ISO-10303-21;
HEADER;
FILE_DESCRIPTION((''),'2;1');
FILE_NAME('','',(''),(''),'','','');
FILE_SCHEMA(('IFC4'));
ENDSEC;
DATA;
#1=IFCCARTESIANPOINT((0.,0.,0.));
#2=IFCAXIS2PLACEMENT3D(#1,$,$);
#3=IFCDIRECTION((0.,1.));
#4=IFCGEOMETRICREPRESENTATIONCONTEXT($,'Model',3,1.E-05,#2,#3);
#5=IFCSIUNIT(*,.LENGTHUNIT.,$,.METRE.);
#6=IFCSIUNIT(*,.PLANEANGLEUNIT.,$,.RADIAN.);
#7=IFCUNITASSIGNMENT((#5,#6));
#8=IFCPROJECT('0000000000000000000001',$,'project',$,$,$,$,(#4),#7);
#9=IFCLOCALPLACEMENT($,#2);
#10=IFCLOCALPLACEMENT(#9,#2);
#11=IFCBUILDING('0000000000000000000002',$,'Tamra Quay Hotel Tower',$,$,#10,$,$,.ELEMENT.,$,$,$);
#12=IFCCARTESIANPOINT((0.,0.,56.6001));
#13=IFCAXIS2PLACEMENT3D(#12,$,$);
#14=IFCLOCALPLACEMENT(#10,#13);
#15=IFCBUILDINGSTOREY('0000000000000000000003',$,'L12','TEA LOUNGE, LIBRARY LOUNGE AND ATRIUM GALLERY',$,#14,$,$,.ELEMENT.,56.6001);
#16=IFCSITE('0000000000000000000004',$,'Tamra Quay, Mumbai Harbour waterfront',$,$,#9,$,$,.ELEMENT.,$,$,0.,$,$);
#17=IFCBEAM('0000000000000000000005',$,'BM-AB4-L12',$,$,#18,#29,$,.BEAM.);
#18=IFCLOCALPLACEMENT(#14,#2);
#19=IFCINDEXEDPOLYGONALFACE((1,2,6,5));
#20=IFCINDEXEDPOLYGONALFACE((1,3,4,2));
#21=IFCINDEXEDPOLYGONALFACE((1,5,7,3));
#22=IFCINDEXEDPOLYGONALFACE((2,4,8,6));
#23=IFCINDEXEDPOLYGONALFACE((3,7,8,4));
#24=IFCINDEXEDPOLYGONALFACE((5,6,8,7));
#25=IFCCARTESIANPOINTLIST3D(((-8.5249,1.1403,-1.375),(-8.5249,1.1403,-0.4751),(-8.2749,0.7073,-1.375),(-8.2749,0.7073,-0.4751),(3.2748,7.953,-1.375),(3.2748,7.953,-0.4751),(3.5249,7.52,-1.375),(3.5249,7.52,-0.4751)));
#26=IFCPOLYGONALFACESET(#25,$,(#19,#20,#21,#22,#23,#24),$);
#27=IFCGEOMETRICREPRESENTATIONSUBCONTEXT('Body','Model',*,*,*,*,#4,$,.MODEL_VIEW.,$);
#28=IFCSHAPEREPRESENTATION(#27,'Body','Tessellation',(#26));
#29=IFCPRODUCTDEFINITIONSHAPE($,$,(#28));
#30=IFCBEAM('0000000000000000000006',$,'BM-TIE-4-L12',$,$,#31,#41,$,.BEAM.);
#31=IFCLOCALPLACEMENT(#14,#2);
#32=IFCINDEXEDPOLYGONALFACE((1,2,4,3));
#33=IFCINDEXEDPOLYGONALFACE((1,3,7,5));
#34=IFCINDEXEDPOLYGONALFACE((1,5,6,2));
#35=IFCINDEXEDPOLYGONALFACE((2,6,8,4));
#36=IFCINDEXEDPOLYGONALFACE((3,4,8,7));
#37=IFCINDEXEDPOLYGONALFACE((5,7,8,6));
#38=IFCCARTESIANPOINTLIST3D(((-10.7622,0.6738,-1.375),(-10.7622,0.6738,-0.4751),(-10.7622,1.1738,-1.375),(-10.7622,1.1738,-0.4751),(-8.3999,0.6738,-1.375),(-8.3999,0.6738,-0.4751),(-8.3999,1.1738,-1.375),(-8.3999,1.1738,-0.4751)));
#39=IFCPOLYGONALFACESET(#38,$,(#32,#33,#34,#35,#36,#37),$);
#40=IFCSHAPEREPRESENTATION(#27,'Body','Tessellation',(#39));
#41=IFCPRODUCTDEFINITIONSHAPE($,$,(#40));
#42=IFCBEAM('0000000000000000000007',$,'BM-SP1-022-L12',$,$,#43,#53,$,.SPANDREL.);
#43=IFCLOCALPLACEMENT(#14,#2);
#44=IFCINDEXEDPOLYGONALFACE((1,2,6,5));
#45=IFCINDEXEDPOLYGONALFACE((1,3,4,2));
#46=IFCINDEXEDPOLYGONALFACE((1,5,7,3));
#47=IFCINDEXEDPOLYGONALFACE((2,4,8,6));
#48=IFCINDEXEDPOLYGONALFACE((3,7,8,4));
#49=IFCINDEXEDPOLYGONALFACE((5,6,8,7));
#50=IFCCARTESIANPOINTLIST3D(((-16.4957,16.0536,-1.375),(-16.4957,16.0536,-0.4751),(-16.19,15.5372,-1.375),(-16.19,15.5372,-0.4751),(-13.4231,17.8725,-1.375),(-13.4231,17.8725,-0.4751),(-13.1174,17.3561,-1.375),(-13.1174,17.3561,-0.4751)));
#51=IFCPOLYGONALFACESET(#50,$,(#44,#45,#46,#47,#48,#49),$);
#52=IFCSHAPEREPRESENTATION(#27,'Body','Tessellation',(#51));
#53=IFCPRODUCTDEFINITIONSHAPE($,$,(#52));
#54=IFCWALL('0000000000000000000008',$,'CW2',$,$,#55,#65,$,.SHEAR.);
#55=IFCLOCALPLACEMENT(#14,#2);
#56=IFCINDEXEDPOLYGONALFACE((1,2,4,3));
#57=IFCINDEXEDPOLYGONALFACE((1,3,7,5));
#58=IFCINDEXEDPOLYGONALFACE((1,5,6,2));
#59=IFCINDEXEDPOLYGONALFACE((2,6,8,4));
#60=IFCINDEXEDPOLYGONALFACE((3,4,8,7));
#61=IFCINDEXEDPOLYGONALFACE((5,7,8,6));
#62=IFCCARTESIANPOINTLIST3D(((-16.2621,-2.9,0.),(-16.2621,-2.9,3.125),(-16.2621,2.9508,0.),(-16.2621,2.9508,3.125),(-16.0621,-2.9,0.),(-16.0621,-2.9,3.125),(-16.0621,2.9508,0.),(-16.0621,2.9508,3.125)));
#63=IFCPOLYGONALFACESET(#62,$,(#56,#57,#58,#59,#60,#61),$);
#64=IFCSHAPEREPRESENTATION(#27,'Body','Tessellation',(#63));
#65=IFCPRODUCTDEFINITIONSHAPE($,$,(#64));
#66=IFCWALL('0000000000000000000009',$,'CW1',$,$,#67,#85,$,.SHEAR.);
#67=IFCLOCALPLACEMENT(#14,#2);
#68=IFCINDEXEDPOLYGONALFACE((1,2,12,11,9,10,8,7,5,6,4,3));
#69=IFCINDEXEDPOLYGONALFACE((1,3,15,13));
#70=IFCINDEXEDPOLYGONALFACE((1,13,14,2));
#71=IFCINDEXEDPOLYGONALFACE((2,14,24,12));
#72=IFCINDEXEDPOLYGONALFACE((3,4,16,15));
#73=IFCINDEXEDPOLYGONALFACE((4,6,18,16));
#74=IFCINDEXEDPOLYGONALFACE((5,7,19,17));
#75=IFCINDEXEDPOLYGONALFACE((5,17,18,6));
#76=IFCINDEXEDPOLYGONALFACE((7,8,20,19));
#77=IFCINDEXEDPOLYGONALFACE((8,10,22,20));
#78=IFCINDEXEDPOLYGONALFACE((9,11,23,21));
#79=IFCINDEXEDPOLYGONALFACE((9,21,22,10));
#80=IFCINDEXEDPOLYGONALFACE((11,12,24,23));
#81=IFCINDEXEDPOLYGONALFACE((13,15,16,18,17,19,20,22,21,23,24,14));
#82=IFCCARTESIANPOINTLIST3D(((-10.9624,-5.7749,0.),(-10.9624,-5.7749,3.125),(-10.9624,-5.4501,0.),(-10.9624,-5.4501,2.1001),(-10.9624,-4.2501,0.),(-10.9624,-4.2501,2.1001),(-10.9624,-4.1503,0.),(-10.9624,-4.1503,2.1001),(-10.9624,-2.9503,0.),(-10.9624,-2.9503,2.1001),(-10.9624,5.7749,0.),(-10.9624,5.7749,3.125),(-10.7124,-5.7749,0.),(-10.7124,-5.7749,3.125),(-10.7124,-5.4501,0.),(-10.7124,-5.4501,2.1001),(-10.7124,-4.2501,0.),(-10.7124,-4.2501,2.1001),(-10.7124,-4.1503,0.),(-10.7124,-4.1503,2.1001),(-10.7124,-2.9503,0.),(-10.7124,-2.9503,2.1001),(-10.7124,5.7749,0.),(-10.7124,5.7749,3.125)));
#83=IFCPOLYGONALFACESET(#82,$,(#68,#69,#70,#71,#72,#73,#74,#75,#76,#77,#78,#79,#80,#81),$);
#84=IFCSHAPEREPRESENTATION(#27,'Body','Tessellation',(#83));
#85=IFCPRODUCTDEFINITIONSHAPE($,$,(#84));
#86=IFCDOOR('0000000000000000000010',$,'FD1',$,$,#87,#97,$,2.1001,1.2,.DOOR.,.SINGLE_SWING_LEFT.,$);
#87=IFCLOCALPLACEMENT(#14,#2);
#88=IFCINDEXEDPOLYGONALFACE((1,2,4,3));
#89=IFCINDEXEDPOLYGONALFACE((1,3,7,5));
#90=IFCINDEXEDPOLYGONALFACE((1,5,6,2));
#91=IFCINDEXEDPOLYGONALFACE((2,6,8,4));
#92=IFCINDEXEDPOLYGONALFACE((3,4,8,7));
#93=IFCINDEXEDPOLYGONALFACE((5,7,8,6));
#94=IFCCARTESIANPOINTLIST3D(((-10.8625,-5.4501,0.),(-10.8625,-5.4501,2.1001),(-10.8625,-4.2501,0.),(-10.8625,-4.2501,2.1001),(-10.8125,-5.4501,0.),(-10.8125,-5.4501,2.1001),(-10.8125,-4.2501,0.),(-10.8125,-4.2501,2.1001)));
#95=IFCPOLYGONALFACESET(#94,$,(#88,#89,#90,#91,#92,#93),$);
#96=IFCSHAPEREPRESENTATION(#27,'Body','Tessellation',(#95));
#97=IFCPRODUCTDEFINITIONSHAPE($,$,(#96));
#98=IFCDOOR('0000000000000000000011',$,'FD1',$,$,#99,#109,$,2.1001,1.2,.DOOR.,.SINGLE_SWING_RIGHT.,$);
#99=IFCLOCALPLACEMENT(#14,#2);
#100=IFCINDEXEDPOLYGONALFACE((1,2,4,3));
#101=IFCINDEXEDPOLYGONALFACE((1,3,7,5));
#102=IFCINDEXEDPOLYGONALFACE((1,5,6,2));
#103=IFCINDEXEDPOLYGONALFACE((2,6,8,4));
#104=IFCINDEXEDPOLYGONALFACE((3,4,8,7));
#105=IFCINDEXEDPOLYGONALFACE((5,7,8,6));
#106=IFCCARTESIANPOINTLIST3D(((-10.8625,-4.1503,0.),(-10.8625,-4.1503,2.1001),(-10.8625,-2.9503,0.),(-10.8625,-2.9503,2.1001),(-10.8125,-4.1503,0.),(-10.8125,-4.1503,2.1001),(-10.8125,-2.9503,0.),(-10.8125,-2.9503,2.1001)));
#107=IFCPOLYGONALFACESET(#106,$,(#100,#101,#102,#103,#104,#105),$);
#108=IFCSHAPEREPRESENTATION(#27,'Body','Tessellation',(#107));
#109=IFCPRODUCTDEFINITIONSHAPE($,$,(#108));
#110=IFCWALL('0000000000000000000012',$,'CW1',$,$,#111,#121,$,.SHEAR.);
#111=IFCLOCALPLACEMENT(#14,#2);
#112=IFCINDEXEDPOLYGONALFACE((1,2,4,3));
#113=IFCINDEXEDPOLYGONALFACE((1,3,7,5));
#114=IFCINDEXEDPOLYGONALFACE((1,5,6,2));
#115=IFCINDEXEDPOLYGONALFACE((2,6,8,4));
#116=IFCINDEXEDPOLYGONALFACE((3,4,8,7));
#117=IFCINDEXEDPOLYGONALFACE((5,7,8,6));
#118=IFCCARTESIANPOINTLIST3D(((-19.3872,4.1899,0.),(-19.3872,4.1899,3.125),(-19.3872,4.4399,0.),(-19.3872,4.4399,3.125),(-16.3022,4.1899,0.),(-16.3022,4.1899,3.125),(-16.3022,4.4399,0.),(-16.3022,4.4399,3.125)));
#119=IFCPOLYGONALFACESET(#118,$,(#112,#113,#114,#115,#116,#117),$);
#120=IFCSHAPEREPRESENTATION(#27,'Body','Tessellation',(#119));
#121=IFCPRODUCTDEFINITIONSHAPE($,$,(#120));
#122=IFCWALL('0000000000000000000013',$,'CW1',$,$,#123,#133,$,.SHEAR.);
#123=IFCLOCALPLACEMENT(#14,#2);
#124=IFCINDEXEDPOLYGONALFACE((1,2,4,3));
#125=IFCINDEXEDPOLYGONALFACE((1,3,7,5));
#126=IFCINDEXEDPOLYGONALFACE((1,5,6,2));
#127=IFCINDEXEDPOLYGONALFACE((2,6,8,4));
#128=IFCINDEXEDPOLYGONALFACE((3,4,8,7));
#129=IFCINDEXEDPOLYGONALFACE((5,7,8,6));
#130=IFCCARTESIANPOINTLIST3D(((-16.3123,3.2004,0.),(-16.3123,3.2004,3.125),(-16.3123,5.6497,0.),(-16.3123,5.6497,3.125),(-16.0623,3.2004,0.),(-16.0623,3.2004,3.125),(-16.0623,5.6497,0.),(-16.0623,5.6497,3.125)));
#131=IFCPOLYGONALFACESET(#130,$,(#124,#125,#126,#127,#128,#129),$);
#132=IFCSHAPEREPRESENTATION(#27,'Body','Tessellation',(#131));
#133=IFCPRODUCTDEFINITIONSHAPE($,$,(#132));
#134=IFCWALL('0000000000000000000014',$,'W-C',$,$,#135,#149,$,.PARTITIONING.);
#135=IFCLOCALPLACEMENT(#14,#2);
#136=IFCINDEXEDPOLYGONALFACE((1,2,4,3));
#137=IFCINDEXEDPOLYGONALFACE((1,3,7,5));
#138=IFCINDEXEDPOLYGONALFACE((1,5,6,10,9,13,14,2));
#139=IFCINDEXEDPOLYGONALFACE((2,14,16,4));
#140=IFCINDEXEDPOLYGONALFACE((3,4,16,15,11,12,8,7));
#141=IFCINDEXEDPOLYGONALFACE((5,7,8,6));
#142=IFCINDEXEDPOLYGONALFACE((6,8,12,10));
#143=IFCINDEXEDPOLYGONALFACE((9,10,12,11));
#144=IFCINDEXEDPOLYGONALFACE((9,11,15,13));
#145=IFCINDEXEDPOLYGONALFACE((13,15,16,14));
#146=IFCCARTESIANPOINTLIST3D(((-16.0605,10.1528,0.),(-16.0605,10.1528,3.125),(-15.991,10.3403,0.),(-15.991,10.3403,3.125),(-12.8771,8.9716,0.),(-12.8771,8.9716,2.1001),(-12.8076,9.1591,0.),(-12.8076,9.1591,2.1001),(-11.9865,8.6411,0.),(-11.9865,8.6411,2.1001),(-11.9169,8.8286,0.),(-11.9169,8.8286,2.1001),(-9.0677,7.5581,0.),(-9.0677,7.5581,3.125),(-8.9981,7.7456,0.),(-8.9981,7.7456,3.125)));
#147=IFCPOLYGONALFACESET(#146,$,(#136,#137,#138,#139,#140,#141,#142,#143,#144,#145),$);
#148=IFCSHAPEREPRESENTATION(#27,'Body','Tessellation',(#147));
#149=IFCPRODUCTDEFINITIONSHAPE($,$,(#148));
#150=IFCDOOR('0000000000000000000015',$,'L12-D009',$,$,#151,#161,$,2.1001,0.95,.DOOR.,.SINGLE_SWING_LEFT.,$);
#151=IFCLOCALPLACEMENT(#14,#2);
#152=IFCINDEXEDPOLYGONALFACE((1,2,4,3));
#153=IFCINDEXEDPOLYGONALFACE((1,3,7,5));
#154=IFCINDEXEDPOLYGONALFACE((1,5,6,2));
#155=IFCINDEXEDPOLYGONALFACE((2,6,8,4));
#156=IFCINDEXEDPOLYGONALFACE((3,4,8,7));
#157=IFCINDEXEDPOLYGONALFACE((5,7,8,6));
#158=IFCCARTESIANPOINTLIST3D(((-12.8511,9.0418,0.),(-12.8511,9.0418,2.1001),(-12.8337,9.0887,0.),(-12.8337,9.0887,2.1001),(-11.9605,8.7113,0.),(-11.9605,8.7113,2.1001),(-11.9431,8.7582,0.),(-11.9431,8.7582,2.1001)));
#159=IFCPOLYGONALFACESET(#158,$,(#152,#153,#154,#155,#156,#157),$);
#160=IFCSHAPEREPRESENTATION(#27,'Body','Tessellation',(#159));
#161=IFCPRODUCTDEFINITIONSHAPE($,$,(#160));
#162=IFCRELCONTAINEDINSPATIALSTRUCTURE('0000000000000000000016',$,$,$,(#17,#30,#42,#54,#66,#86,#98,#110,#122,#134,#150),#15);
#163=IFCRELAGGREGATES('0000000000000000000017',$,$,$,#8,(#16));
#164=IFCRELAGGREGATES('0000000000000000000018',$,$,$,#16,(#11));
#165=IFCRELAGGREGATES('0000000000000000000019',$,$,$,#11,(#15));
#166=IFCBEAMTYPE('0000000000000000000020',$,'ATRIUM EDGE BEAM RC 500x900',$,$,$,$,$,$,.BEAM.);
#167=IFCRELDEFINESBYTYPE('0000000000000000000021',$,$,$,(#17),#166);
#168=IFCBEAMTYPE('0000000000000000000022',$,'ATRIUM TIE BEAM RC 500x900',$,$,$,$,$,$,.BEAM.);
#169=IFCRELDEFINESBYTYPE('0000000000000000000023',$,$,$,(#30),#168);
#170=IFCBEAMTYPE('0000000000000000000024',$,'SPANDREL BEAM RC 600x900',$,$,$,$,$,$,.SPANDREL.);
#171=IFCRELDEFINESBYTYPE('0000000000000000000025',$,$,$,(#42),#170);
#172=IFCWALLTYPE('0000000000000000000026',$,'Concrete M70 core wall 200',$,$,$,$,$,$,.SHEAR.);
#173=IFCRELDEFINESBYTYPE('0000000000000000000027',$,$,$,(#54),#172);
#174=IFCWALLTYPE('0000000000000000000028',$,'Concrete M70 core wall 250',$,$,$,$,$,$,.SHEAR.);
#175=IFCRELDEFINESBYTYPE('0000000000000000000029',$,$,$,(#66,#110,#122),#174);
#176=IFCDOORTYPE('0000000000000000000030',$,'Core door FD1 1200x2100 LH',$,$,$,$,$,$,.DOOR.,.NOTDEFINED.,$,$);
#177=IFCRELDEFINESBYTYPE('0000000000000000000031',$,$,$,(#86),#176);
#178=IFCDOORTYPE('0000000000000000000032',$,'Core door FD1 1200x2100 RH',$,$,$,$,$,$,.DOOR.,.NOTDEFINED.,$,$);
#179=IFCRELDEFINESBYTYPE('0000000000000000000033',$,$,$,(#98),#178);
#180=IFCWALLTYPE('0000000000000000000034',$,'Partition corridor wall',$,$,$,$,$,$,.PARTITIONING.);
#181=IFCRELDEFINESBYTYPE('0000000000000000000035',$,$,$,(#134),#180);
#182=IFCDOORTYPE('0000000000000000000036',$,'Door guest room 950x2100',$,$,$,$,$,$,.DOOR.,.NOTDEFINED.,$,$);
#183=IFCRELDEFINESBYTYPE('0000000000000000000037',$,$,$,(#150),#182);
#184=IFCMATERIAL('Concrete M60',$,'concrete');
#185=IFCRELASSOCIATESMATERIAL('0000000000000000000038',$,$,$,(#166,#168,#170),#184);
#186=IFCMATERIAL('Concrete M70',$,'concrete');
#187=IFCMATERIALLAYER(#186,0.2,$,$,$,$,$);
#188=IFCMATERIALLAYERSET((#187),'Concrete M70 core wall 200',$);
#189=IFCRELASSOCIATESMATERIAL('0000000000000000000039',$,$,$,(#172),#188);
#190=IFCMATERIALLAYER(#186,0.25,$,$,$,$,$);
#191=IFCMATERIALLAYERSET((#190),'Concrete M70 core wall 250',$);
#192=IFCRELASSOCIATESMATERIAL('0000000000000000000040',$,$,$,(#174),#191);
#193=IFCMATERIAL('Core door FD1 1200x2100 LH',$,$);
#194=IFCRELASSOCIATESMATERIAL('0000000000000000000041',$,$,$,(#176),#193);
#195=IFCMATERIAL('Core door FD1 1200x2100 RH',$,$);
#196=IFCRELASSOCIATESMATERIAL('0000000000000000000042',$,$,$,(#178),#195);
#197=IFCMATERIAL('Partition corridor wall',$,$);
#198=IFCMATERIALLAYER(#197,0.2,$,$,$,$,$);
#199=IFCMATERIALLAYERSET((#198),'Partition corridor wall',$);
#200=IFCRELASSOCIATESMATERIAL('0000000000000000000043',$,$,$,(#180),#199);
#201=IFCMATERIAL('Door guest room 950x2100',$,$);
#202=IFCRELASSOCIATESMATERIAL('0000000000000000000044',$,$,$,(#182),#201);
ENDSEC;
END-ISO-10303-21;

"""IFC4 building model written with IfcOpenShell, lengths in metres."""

from ifc_helpers import new_model, si_unit, direction, frame, frame_2d, origin, origin_2d, place, context, subcontext, project, spatial, rectangle, extrude, material, layer, layer_set, material_profile, profile_set, type_object, element, fill, save


model = new_model("IFC4")

# Units and contexts
model_context = context("Model", 3, precision=1e-05, world=origin(), true_north=direction((0.0, 1.0)))
body_context = subcontext(model_context, "Body", "Model", "MODEL_VIEW")
ifc_project = project(units=[si_unit("LENGTHUNIT", "METRE"), si_unit("PLANEANGLEUNIT", "RADIAN")], contexts=[model_context])

# Site, building, storey
site_placement = place(None, origin())
site = spatial("IfcSite", under=ifc_project, at=site_placement, Name="Tamra Quay, Mumbai Harbour waterfront", CompositionType="ELEMENT", RefElevation=0.0)
building_placement = place(site_placement, origin())
building = spatial("IfcBuilding", under=site, at=building_placement, Name="Tamra Quay Hotel Tower", CompositionType="ELEMENT")
storey_placement = place(building_placement, frame((0.0, 0.0, 56.6001)))
storey = spatial("IfcBuildingStorey", under=building, at=storey_placement, Name="L12", Description="TEA LOUNGE, LIBRARY LOUNGE AND ATRIUM GALLERY", CompositionType="ELEMENT", Elevation=56.6001)

# Beams
ifc_material_1 = material(Name="Concrete M60", Category="concrete")
ifc_material_profile_1 = material_profile(ifc_material_1, rectangle(XDim=0.5, YDim=0.8999, at=origin_2d()), Name="ATRIUM EDGE BEAM RC 500x900")
ifc_profile_set_1 = profile_set([ifc_material_profile_1], Name="Concrete M60")
beam_type_1 = type_object("IfcBeamType", Name="ATRIUM EDGE BEAM RC 500x900", PredefinedType="BEAM", material=ifc_profile_set_1)
beam_1_placement = place(storey_placement, frame((-8.3999, 0.9238, -0.925), z_axis=(0.866021, 0.500007, 0.0), x_axis=(-0.500007, 0.866021, 0.0)))
element("IfcBeam", 1, at=beam_1_placement, inside=storey, type_object=beam_type_1, Name="BM-AB4-L12", PredefinedType="BEAM", context=body_context, shape_type="SweptSolid", body=[
    extrude(rectangle(XDim=0.5, YDim=0.8999, at=origin_2d()), origin(), (0.0, 0.0, 1.0), 13.6252),
])
ifc_material_profile_2 = material_profile(ifc_material_1, rectangle(XDim=0.5, YDim=0.8999, at=origin_2d()), Name="ATRIUM TIE BEAM RC 500x900")
ifc_profile_set_2 = profile_set([ifc_material_profile_2], Name="Concrete M60")
beam_type_2 = type_object("IfcBeamType", Name="ATRIUM TIE BEAM RC 500x900", PredefinedType="BEAM", material=ifc_profile_set_2)
beam_2_placement = place(storey_placement, frame((-8.3999, 0.9238, -0.925), z_axis=(-1.0, 0.0, 0.0), x_axis=(0.0, -1.0, 0.0)))
element("IfcBeam", 2, at=beam_2_placement, inside=storey, type_object=beam_type_2, Name="BM-TIE-4-L12", PredefinedType="BEAM", context=body_context, shape_type="SweptSolid", body=[
    extrude(rectangle(XDim=0.5, YDim=0.8999, at=origin_2d()), origin(), (0.0, 0.0, 1.0), 2.3623),
])
ifc_material_profile_3 = material_profile(ifc_material_1, rectangle(XDim=0.6001, YDim=0.8999, at=origin_2d()), Name="SPANDREL BEAM RC 600x900")
ifc_profile_set_3 = profile_set([ifc_material_profile_3], Name="Concrete M60")
beam_type_3 = type_object("IfcBeamType", Name="SPANDREL BEAM RC 600x900", PredefinedType="SPANDREL", material=ifc_profile_set_3)
beam_3_placement = place(storey_placement, frame((-13.2703, 17.6143, -0.925), z_axis=(-0.860525, -0.509409, 0.0), x_axis=(0.509409, -0.860525, 0.0)))
element("IfcBeam", 3, at=beam_3_placement, inside=storey, type_object=beam_type_3, Name="BM-SP1-022-L12", PredefinedType="SPANDREL", context=body_context, shape_type="SweptSolid", body=[
    extrude(rectangle(XDim=0.6001, YDim=0.8999, at=origin_2d()), origin(), (0.0, 0.0, 1.0), 3.5706),
])

# Wall
ifc_material_2 = material(Name="Concrete M70", Category="concrete")
ifc_layer_1 = layer(ifc_material_2, 0.2)
ifc_layer_set_1 = layer_set([ifc_layer_1], Name="Concrete M70 core wall 200")
wall_type_1 = type_object("IfcWallType", Name="Concrete M70 core wall 200", PredefinedType="SHEAR", material=ifc_layer_set_1)
wall_1_placement = place(storey_placement, frame((-16.1621, 2.9507, 0.0), z_axis=(0.0, 0.0, 1.0), x_axis=(0.0, -1.0, 0.0)))
element("IfcWall", 4, at=wall_1_placement, inside=storey, type_object=wall_type_1, Name="CW2", PredefinedType="SHEAR", context=body_context, shape_type="SweptSolid", body=[
    extrude(rectangle(XDim=5.8508, YDim=0.2, at=frame_2d((2.9253, 0.0))), origin(), (0.0, 0.0, 1.0), 3.125),
])

# Wall, openings, doors
ifc_layer_2 = layer(ifc_material_2, 0.25)
ifc_layer_set_2 = layer_set([ifc_layer_2], Name="Concrete M70 core wall 250")
wall_type_2 = type_object("IfcWallType", Name="Concrete M70 core wall 250", PredefinedType="SHEAR", material=ifc_layer_set_2)
wall_2_placement = place(storey_placement, frame((-10.8374, 5.7749, 0.0), z_axis=(0.0, 0.0, 1.0), x_axis=(0.0, -1.0, 0.0)))
wall_2 = element("IfcWall", 5, at=wall_2_placement, inside=storey, type_object=wall_type_2, Name="CW1", PredefinedType="SHEAR", context=body_context, shape_type="SweptSolid", body=[
    extrude(rectangle(XDim=11.5498, YDim=0.25, at=frame_2d((5.7749, 0.0))), origin(), (0.0, 0.0, 1.0), 3.125),
])
opening_1_placement = place(wall_2_placement, frame((10.0249, 0.0, 0.0)))
opening_1 = element("IfcOpeningElement", 6, at=opening_1_placement, cuts=wall_2, PredefinedType="OPENING", context=body_context, shape_type="SweptSolid", body=[
    extrude(rectangle(XDim=1.2, YDim=2.1001, at=frame_2d((0.6001, 1.05))), frame((0.0, 0.135, 0.0), z_axis=(0.0, -1.0, 0.0), x_axis=(1.0, 0.0, 0.0)), (0.0, 0.0, 1.0), 0.27),
])
opening_2_placement = place(wall_2_placement, frame((8.7251, 0.0, 0.0)))
opening_2 = element("IfcOpeningElement", 7, at=opening_2_placement, cuts=wall_2, PredefinedType="OPENING", context=body_context, shape_type="SweptSolid", body=[
    extrude(rectangle(XDim=1.2, YDim=2.1001, at=frame_2d((0.6001, 1.05))), frame((0.0, 0.135, 0.0), z_axis=(0.0, -1.0, 0.0), x_axis=(1.0, 0.0, 0.0)), (0.0, 0.0, 1.0), 0.27),
])
ifc_material_3 = material(Name="Core door FD1 1200x2100 LH")
door_type_1 = type_object("IfcDoorType", Name="Core door FD1 1200x2100 LH", OperationType="NOTDEFINED", PredefinedType="DOOR", material=ifc_material_3)
door_1_placement = place(opening_1_placement, origin())
door_1 = element("IfcDoor", 8, at=door_1_placement, inside=storey, type_object=door_type_1, Name="FD1", OperationType="SINGLE_SWING_LEFT", OverallHeight=2.1001, OverallWidth=1.2, PredefinedType="DOOR", context=body_context, shape_type="SweptSolid", body=[
    extrude(rectangle(XDim=1.2, YDim=2.1001, at=frame_2d((0.6001, 1.05))), frame((0.0, 0.0249, 0.0), z_axis=(0.0, -1.0, 0.0), x_axis=(1.0, 0.0, 0.0)), (0.0, 0.0, 1.0), 0.05),
])
fill(opening_1, door_1)
ifc_material_4 = material(Name="Core door FD1 1200x2100 RH")
door_type_2 = type_object("IfcDoorType", Name="Core door FD1 1200x2100 RH", OperationType="NOTDEFINED", PredefinedType="DOOR", material=ifc_material_4)
door_2_placement = place(opening_2_placement, origin())
door_2 = element("IfcDoor", 9, at=door_2_placement, inside=storey, type_object=door_type_2, Name="FD1", OperationType="SINGLE_SWING_RIGHT", OverallHeight=2.1001, OverallWidth=1.2, PredefinedType="DOOR", context=body_context, shape_type="SweptSolid", body=[
    extrude(rectangle(XDim=1.2, YDim=2.1001, at=frame_2d((0.6001, 1.05))), frame((0.0, 0.0249, 0.0), z_axis=(0.0, -1.0, 0.0), x_axis=(1.0, 0.0, 0.0)), (0.0, 0.0, 1.0), 0.05),
])
fill(opening_2, door_2)

# Walls
wall_3_placement = place(storey_placement, frame((-16.3022, 4.3149, 0.0), z_axis=(0.0, 0.0, 1.0), x_axis=(-1.0, 0.0, 0.0)))
element("IfcWall", 10, at=wall_3_placement, inside=storey, type_object=wall_type_2, Name="CW1", PredefinedType="SHEAR", context=body_context, shape_type="SweptSolid", body=[
    extrude(rectangle(XDim=3.085, YDim=0.25, at=frame_2d((1.5425, 0.0))), origin(), (0.0, 0.0, 1.0), 3.125),
])
wall_4_placement = place(storey_placement, frame((-16.1873, 3.2004, 0.0), z_axis=(0.0, 0.0, 1.0), x_axis=(0.0, 1.0, 0.0)))
element("IfcWall", 11, at=wall_4_placement, inside=storey, type_object=wall_type_2, Name="CW1", PredefinedType="SHEAR", context=body_context, shape_type="SweptSolid", body=[
    extrude(rectangle(XDim=2.4492, YDim=0.25, at=frame_2d((1.2246, 0.0))), origin(), (0.0, 0.0, 1.0), 3.125),
])

# Wall, opening, door
ifc_material_5 = material(Name="Partition corridor wall")
ifc_layer_3 = layer(ifc_material_5, 0.2)
ifc_layer_set_3 = layer_set([ifc_layer_3], Name="Partition corridor wall")
wall_type_3 = type_object("IfcWallType", Name="Partition corridor wall", PredefinedType="PARTITIONING", material=ifc_layer_set_3)
wall_5_placement = place(storey_placement, frame((-16.0259, 10.2466, 0.0), z_axis=(0.0, 0.0, 1.0), x_axis=(0.937541, -0.347875, 0.0)))
wall_5 = element("IfcWall", 12, at=wall_5_placement, inside=storey, type_object=wall_type_3, Name="W-C", PredefinedType="PARTITIONING", context=body_context, shape_type="SweptSolid", body=[
    extrude(rectangle(XDim=7.4587, YDim=0.2, at=frame_2d((3.7295, 0.0))), origin(), (0.0, 0.0, 1.0), 3.125),
])
opening_3_placement = place(wall_5_placement, frame((3.3955, 0.0, 0.0)))
opening_3 = element("IfcOpeningElement", 13, at=opening_3_placement, cuts=wall_5, PredefinedType="OPENING", context=body_context, shape_type="SweptSolid", body=[
    extrude(rectangle(XDim=0.95, YDim=2.1001, at=frame_2d((0.4751, 1.05))), frame((0.0, 0.1099, 0.0), z_axis=(0.0, -1.0, 0.0), x_axis=(1.0, 0.0, 0.0)), (0.0, 0.0, 1.0), 0.22),
])
ifc_material_6 = material(Name="Door guest room 950x2100")
door_type_3 = type_object("IfcDoorType", Name="Door guest room 950x2100", OperationType="NOTDEFINED", PredefinedType="DOOR", material=ifc_material_6)
door_3_placement = place(opening_3_placement, origin())
door_3 = element("IfcDoor", 14, at=door_3_placement, inside=storey, type_object=door_type_3, Name="L12-D009", OperationType="SINGLE_SWING_LEFT", OverallHeight=2.1001, OverallWidth=0.95, PredefinedType="DOOR", context=body_context, shape_type="SweptSolid", body=[
    extrude(rectangle(XDim=0.95, YDim=2.1001, at=frame_2d((0.4751, 1.05))), frame((0.0, 0.0249, 0.0), z_axis=(0.0, -1.0, 0.0), x_axis=(1.0, 0.0, 0.0)), (0.0, 0.0, 1.0), 0.05),
])
fill(opening_3, door_3)

save(model, "model.ifc")
